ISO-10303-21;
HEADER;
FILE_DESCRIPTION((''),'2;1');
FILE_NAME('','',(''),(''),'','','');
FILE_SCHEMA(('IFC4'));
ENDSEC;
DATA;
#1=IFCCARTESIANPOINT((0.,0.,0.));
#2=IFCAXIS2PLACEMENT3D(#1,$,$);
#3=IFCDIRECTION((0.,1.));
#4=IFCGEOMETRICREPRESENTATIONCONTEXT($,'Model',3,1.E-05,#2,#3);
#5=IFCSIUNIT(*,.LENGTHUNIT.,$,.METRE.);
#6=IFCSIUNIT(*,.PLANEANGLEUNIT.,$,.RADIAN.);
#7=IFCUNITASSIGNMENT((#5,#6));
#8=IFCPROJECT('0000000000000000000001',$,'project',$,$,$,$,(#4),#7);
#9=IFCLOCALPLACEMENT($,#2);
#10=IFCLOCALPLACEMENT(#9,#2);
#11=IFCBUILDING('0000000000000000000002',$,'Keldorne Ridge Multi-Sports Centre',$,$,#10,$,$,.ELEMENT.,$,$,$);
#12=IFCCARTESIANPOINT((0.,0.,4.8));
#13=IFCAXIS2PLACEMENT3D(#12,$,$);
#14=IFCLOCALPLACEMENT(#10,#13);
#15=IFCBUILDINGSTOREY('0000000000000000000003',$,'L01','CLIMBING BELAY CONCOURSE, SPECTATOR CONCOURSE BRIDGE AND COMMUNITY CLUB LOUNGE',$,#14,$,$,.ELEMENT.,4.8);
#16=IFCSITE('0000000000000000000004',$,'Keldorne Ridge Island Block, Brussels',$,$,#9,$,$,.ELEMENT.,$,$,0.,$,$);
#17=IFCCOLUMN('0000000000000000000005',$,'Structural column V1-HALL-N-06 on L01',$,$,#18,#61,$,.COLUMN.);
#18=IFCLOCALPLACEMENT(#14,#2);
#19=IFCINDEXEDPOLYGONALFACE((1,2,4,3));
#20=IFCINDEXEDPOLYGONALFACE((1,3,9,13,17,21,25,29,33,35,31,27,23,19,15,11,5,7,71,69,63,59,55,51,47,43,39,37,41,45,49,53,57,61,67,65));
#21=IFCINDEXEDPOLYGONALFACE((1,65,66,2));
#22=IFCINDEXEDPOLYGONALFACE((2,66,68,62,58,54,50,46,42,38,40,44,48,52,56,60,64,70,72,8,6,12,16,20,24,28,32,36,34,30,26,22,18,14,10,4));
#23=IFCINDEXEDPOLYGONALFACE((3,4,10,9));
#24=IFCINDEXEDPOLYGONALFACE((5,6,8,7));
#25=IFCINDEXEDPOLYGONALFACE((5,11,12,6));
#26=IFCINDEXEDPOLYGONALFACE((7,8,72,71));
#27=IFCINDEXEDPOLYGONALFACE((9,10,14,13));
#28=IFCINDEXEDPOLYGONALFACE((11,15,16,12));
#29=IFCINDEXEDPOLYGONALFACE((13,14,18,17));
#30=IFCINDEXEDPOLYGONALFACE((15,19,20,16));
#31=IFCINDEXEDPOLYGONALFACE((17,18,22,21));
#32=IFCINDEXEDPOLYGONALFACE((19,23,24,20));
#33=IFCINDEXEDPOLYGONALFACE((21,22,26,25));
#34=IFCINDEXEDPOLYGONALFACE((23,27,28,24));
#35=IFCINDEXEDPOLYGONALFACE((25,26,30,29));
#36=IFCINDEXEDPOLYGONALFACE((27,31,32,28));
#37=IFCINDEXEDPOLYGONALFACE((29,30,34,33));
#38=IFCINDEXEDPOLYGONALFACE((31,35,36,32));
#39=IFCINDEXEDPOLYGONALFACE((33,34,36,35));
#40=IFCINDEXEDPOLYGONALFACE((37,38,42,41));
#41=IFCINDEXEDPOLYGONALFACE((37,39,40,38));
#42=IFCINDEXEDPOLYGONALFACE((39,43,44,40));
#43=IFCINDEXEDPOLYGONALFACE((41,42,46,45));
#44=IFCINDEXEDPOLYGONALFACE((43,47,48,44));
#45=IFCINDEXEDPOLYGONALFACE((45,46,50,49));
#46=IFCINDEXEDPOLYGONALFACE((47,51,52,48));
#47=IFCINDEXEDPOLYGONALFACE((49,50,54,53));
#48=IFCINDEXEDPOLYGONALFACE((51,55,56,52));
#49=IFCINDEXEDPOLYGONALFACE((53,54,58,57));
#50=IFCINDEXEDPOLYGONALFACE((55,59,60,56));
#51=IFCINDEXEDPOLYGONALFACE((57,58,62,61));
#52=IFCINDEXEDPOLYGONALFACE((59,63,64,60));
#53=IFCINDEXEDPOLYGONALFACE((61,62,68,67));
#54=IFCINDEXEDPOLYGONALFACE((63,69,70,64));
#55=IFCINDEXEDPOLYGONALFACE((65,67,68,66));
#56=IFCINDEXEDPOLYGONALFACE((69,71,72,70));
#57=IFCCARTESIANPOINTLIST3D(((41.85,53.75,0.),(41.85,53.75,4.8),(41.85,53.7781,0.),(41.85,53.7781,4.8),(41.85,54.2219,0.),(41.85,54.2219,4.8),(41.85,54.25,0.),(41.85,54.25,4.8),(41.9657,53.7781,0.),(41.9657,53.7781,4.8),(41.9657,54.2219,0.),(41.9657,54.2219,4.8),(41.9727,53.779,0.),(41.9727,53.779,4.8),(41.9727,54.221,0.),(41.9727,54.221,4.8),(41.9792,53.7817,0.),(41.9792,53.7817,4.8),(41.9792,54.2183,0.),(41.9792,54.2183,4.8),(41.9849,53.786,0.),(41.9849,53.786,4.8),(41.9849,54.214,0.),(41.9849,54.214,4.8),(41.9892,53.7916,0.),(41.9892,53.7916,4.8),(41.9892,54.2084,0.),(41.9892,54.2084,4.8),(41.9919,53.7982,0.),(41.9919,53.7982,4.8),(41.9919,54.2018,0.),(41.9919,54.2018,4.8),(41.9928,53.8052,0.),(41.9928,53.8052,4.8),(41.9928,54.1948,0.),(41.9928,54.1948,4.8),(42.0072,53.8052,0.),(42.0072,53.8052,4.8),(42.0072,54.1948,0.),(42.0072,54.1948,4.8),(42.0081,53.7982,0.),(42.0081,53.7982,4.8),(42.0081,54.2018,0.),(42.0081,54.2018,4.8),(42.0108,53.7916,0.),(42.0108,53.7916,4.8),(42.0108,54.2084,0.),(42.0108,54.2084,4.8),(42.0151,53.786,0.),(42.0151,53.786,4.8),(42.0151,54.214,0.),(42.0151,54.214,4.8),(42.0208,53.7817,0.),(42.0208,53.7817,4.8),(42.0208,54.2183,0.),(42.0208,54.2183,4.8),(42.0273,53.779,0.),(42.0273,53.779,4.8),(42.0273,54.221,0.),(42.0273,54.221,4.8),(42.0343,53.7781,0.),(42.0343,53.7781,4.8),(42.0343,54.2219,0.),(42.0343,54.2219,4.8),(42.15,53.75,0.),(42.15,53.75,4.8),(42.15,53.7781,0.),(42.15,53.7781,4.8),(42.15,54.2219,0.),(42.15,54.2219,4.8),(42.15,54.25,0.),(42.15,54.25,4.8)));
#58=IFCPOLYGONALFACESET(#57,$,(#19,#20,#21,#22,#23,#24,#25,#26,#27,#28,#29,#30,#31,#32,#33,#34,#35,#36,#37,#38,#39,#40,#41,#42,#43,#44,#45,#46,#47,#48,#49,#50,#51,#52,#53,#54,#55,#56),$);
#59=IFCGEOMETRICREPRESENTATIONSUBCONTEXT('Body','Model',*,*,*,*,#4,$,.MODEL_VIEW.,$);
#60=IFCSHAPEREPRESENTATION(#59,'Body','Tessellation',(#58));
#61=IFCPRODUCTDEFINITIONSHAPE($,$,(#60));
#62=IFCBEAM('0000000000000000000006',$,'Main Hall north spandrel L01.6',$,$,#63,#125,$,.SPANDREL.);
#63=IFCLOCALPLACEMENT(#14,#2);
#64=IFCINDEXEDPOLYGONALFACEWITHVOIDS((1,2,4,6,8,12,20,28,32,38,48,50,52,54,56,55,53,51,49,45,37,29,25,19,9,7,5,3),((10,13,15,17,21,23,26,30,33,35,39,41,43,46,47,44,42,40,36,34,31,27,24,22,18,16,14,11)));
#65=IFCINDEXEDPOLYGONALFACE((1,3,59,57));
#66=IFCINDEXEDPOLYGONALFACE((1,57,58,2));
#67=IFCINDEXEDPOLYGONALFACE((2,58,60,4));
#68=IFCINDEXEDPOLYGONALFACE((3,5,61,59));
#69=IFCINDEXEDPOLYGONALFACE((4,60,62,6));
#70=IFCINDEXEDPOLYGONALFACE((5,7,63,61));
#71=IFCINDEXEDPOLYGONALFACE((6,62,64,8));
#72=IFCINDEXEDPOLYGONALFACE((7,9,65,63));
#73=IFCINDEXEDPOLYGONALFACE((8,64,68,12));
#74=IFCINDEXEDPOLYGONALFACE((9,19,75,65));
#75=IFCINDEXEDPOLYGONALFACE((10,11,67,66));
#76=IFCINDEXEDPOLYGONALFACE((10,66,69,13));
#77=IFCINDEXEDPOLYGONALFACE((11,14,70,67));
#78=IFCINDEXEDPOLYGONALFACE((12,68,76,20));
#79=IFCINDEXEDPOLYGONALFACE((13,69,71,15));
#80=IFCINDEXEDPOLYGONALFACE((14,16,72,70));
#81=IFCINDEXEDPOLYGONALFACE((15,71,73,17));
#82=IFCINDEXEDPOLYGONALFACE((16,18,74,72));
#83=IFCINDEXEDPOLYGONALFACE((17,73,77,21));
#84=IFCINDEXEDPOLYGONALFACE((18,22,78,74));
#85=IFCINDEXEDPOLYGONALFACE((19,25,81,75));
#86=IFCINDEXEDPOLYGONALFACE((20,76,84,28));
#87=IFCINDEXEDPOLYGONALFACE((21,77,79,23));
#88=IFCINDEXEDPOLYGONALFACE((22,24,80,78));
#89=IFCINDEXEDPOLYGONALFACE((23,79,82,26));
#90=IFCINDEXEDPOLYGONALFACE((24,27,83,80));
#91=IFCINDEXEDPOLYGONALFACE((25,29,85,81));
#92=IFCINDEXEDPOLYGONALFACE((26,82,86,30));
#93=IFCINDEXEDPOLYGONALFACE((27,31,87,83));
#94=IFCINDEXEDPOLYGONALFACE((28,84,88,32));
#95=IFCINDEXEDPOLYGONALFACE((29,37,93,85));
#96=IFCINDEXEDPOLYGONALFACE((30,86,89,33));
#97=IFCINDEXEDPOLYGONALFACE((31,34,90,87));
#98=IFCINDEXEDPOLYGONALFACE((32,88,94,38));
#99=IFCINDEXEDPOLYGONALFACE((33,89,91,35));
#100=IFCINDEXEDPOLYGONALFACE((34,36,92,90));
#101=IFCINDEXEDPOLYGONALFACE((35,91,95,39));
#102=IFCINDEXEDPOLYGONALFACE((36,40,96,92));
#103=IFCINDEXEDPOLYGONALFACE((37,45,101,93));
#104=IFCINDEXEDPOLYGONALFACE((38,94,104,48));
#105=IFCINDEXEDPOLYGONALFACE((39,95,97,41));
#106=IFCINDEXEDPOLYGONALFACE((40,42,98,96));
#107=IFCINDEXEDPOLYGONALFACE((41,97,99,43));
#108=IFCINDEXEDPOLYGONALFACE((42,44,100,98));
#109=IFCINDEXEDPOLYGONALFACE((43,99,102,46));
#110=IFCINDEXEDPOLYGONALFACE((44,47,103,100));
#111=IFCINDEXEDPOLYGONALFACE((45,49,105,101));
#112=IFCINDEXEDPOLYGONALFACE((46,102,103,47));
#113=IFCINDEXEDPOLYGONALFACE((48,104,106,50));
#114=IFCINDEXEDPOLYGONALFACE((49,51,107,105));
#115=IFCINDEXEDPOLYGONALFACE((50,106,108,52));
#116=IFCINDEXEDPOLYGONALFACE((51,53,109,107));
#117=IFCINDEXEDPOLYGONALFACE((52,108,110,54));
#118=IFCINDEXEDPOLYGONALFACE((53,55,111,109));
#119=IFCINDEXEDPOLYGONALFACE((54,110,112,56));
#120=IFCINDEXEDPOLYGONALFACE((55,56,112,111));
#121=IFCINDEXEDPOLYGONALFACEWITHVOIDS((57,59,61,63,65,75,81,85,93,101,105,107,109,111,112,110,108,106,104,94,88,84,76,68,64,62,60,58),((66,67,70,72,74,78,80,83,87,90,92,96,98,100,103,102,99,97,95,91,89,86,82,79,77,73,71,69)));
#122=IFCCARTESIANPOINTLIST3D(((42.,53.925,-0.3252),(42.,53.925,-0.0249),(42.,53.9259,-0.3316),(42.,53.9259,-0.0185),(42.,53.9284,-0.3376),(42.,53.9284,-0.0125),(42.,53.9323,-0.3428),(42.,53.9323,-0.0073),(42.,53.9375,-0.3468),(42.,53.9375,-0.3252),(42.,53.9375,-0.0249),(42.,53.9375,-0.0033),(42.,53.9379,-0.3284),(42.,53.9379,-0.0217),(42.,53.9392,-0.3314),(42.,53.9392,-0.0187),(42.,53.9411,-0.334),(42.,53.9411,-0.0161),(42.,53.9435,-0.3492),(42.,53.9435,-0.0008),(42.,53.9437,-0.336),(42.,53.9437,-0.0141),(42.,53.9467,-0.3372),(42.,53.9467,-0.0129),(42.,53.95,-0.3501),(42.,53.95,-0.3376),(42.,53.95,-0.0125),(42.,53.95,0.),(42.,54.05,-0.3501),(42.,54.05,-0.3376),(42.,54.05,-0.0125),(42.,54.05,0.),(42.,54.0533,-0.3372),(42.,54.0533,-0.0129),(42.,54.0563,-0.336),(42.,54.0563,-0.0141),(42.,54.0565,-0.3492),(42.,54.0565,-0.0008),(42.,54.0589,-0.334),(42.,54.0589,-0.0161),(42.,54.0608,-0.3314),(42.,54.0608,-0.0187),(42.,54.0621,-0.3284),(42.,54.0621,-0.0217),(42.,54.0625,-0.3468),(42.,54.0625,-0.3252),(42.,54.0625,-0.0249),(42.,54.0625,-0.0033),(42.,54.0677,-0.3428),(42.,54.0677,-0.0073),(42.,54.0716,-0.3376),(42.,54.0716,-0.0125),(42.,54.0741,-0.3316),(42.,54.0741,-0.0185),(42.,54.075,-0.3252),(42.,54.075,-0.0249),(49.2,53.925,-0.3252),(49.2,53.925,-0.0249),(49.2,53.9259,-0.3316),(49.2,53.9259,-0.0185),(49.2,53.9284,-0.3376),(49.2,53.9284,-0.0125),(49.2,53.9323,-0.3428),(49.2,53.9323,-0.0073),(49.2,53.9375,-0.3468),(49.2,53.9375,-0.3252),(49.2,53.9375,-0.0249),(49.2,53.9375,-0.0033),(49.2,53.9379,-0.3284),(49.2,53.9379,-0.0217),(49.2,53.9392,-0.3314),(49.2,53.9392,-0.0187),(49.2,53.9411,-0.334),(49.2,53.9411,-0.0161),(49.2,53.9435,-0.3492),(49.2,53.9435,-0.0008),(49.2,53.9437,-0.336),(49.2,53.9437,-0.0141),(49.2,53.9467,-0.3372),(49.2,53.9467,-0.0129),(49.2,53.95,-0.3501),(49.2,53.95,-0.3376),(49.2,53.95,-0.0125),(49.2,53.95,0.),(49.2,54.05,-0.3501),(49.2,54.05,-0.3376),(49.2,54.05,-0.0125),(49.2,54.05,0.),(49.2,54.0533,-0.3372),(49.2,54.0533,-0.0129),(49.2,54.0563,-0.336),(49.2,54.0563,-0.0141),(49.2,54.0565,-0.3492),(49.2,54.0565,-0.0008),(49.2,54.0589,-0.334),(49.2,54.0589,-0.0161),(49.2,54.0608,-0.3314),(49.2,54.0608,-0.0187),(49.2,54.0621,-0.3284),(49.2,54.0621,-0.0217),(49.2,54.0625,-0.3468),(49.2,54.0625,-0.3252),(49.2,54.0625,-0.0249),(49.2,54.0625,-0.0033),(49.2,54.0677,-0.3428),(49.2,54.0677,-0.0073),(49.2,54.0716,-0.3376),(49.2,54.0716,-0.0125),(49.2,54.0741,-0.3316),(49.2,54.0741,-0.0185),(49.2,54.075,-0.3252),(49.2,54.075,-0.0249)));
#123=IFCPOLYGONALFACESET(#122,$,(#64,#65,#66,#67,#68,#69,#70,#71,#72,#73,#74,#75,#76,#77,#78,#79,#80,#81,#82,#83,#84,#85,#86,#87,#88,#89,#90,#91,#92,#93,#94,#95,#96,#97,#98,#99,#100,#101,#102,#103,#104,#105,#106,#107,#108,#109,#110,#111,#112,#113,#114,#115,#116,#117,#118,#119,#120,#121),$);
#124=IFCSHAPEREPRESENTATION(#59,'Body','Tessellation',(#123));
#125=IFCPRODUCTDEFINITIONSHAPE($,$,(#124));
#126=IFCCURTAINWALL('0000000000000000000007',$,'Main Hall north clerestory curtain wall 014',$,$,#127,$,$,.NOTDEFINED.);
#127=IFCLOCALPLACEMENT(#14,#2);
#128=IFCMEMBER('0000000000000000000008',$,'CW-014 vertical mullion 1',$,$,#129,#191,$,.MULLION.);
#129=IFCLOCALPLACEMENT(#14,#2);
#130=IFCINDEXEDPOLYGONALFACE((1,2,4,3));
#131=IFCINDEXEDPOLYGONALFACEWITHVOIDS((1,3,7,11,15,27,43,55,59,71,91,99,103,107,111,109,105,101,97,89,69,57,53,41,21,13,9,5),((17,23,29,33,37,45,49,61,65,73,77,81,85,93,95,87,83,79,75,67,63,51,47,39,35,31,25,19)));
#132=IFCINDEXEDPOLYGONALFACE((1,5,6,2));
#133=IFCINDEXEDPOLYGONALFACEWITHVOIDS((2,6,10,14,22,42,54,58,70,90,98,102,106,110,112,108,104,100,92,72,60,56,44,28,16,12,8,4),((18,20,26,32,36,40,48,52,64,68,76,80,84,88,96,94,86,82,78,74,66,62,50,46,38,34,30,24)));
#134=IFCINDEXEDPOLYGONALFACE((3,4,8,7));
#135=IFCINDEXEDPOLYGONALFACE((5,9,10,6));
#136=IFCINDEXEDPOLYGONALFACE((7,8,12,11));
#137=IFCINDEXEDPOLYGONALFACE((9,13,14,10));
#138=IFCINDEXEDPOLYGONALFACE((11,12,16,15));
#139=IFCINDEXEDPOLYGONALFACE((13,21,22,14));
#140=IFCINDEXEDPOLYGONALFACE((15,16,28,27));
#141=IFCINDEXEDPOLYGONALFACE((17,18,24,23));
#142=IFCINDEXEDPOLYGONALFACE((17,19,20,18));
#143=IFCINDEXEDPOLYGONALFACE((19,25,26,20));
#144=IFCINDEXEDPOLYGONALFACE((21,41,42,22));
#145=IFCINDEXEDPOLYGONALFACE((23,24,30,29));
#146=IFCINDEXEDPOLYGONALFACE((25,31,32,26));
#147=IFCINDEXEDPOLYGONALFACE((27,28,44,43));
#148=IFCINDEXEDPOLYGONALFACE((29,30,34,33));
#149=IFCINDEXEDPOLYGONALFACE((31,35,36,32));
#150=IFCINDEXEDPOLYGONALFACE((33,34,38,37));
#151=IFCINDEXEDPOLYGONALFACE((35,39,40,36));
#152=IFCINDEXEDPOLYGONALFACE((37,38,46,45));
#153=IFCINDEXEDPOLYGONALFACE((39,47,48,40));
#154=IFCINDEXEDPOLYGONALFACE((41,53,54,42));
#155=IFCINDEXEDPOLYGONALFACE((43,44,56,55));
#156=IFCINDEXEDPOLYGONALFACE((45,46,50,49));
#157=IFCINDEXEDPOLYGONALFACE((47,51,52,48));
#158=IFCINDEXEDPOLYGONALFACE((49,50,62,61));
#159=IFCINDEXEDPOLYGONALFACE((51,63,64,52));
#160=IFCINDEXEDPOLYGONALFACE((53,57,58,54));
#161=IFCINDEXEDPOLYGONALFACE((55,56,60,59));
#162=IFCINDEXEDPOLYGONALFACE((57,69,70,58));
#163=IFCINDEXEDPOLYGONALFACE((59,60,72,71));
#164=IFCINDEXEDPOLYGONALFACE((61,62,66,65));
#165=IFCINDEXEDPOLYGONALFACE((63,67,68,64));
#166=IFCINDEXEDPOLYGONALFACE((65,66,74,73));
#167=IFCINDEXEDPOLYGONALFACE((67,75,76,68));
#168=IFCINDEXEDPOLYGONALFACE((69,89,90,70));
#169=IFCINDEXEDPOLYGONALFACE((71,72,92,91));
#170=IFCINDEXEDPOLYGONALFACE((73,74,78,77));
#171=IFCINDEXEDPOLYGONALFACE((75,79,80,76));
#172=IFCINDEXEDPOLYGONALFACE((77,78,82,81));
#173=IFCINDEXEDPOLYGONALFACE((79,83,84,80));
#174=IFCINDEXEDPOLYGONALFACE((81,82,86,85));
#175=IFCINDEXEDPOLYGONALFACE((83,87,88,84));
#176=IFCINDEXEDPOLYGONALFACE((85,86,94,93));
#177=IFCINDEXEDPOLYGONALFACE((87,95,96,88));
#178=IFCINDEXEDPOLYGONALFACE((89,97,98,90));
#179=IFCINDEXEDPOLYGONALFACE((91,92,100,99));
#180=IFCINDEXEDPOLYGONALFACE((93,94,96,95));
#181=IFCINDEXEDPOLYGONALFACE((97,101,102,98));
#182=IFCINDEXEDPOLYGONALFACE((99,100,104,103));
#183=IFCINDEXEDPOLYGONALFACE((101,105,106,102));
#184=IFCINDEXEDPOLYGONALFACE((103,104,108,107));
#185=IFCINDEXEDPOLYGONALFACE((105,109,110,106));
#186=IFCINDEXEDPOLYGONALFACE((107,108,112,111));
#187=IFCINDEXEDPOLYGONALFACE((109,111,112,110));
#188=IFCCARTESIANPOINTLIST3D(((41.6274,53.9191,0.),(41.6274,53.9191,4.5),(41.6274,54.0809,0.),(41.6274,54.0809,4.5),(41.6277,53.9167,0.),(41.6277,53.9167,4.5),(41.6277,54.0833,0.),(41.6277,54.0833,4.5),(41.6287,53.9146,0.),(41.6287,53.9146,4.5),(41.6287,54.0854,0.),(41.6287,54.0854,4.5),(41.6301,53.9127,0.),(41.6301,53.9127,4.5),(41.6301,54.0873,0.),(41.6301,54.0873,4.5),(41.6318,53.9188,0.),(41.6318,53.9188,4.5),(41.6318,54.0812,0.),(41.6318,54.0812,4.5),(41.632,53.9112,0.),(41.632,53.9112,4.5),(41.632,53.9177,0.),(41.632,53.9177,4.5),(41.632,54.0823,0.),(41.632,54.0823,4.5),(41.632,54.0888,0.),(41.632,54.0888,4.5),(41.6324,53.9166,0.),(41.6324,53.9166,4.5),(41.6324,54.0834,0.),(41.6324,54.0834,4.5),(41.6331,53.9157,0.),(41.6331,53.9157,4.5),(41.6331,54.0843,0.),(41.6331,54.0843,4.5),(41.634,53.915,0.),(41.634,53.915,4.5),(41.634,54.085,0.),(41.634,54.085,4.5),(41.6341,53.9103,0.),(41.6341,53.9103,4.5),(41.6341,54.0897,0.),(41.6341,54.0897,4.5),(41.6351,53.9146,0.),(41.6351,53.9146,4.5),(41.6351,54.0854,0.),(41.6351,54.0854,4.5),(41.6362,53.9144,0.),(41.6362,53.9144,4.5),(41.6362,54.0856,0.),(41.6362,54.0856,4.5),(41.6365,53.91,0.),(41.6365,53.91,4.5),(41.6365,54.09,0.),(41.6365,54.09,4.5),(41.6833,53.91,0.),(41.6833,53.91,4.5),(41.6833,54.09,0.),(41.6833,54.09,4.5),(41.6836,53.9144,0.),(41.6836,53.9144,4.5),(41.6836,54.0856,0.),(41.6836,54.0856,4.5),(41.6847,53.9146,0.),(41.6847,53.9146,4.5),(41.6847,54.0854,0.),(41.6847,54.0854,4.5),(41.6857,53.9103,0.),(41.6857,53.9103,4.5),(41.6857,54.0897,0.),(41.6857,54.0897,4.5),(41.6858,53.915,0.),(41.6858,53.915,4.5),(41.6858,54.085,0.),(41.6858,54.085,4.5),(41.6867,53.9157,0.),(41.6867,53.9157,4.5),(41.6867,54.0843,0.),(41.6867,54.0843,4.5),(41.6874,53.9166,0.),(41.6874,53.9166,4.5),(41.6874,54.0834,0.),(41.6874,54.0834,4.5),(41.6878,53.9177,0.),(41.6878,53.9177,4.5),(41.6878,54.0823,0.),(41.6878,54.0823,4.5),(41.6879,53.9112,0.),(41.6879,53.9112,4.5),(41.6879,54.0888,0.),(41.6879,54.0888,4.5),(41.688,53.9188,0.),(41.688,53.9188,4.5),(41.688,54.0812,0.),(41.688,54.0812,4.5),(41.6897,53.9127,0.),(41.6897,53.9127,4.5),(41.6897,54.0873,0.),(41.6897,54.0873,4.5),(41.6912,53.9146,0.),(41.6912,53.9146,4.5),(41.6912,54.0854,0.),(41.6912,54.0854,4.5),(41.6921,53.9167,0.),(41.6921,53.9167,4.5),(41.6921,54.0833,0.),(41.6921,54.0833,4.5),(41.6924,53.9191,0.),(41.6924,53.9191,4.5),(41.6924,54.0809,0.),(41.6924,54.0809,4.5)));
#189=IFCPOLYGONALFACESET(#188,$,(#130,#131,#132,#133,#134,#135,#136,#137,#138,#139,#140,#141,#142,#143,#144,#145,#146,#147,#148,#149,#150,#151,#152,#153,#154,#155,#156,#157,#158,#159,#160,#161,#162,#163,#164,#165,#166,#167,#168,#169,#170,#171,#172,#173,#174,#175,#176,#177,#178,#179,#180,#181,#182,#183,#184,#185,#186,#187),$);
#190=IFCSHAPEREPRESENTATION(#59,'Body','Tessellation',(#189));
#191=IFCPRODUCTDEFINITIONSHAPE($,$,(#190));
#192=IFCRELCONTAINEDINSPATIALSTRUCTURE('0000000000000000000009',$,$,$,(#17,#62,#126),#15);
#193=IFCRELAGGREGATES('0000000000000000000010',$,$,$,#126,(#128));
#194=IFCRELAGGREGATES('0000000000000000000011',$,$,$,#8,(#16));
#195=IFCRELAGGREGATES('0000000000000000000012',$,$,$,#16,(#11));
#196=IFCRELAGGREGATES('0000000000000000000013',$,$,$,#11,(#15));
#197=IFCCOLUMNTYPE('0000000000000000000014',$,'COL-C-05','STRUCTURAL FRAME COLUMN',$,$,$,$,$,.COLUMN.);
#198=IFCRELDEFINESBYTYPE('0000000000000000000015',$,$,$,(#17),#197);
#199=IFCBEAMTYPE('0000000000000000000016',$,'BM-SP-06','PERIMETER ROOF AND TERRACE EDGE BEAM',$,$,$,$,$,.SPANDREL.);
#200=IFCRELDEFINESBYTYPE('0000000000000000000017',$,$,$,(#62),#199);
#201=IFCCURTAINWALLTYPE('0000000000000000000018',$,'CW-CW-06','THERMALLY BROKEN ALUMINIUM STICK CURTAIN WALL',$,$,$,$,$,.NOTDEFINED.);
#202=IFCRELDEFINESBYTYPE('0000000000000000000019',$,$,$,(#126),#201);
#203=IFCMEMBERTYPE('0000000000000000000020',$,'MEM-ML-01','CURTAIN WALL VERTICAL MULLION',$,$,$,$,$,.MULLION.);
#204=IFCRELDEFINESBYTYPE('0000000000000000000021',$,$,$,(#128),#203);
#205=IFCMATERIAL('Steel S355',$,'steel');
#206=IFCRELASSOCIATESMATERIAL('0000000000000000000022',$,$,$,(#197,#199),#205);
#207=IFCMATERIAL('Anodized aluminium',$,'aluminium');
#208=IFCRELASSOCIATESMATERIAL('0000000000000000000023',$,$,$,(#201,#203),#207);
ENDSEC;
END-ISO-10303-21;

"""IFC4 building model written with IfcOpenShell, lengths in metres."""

from ifc_helpers import new_model, si_unit, direction, frame, origin, origin_2d, place, context, subcontext, project, spatial, hollow_rectangle, i_section, extrude, material, material_profile, profile_set, type_object, element, aggregate, save


model = new_model("IFC4")

# Units and contexts
model_context = context("Model", 3, precision=1e-05, world=origin(), true_north=direction((0.0, 1.0)))
body_context = subcontext(model_context, "Body", "Model", "MODEL_VIEW")
ifc_project = project(units=[si_unit("LENGTHUNIT", "METRE"), si_unit("PLANEANGLEUNIT", "RADIAN")], contexts=[model_context])

# Site, building, storey
site_placement = place(None, origin())
site = spatial("IfcSite", under=ifc_project, at=site_placement, Name="Keldorne Ridge Island Block, Brussels", CompositionType="ELEMENT", RefElevation=0.0)
building_placement = place(site_placement, origin())
building = spatial("IfcBuilding", under=site, at=building_placement, Name="Keldorne Ridge Multi-Sports Centre", CompositionType="ELEMENT")
storey_placement = place(building_placement, frame((0.0, 0.0, 4.8)))
storey = spatial("IfcBuildingStorey", under=building, at=storey_placement, Name="L01", Description="CLIMBING BELAY CONCOURSE, SPECTATOR CONCOURSE BRIDGE AND COMMUNITY CLUB LOUNGE", CompositionType="ELEMENT", Elevation=4.8)

# Column
ifc_material_1 = material(Name="Steel S355", Category="steel")
ifc_material_profile_1 = material_profile(ifc_material_1, i_section(OverallWidth=0.3, OverallDepth=0.5, WebThickness=0.0144, FlangeThickness=0.0281, FilletRadius=0.0271, at=origin_2d()), Name="HEB 500")
ifc_profile_set_1 = profile_set([ifc_material_profile_1], Name="Steel S355")
column_type = type_object("IfcColumnType", Name="COL-C-05", Description="STRUCTURAL FRAME COLUMN", PredefinedType="COLUMN", material=ifc_profile_set_1)
column_placement = place(storey_placement, frame((42.0, 54.0, 0.0), z_axis=(0.0, 0.0, 1.0), x_axis=(1.0, 0.0, 0.0)))
element("IfcColumn", 1, at=column_placement, inside=storey, type_object=column_type, Name="Structural column V1-HALL-N-06 on L01", PredefinedType="COLUMN", context=body_context, shape_type="SweptSolid", body=[
    extrude(i_section(OverallWidth=0.3, OverallDepth=0.5, WebThickness=0.0144, FlangeThickness=0.0281, FilletRadius=0.0271, at=origin_2d()), origin(), (0.0, 0.0, 1.0), 4.8),
])

# Beam
ifc_material_profile_2 = material_profile(ifc_material_1, hollow_rectangle(XDim=0.1499, YDim=0.3501, WallThickness=0.0125, InnerFilletRadius=0.0125, OuterFilletRadius=0.0249, at=origin_2d()), Name="RHS 350x150x12.5")
ifc_profile_set_2 = profile_set([ifc_material_profile_2], Name="Steel S355")
beam_type = type_object("IfcBeamType", Name="BM-SP-06", Description="PERIMETER ROOF AND TERRACE EDGE BEAM", PredefinedType="SPANDREL", material=ifc_profile_set_2)
beam_placement = place(storey_placement, frame((42.0, 54.0, -0.175), z_axis=(1.0, 0.0, 0.0), x_axis=(0.0, 1.0, 0.0)))
element("IfcBeam", 2, at=beam_placement, inside=storey, type_object=beam_type, Name="Main Hall north spandrel L01.6", PredefinedType="SPANDREL", context=body_context, shape_type="SweptSolid", body=[
    extrude(hollow_rectangle(XDim=0.1499, YDim=0.3501, WallThickness=0.0125, InnerFilletRadius=0.0125, OuterFilletRadius=0.0249, at=origin_2d()), origin(), (0.0, 0.0, 1.0), 7.2),
])

# Curtain wall, member
ifc_material_2 = material(Name="Anodized aluminium", Category="aluminium")
curtain_wall_type_1 = type_object("IfcCurtainWallType", Name="CW-CW-06", Description="THERMALLY BROKEN ALUMINIUM STICK CURTAIN WALL", PredefinedType="NOTDEFINED", material=ifc_material_2)
curtain_wall_1_placement = place(storey_placement, origin())
curtain_wall_1 = element("IfcCurtainWall", 3, at=curtain_wall_1_placement, inside=storey, type_object=curtain_wall_type_1, Name="Main Hall north clerestory curtain wall 014", PredefinedType="NOTDEFINED")
ifc_material_profile_3 = material_profile(ifc_material_2, hollow_rectangle(XDim=0.0649, YDim=0.1799, WallThickness=0.0044, InnerFilletRadius=0.0044, OuterFilletRadius=0.009, at=origin_2d()), Name="ALU MULLION 180x65x4.5")
ifc_profile_set_3 = profile_set([ifc_material_profile_3], Name="Anodized aluminium")
member_type_1 = type_object("IfcMemberType", Name="MEM-ML-01", Description="CURTAIN WALL VERTICAL MULLION", PredefinedType="MULLION", material=ifc_profile_set_3)
member_1_placement = place(storey_placement, frame((41.6599, 54.0, 0.0), z_axis=(0.0, 0.0, 1.0), x_axis=(1.0, 0.0, 0.0)))
member_1 = element("IfcMember", 4, at=member_1_placement, type_object=member_type_1, Name="CW-014 vertical mullion 1", PredefinedType="MULLION", context=body_context, shape_type="SweptSolid", body=[
    extrude(hollow_rectangle(XDim=0.0649, YDim=0.1799, WallThickness=0.0044, InnerFilletRadius=0.0044, OuterFilletRadius=0.009, at=origin_2d()), origin(), (0.0, 0.0, 1.0), 4.5),
])

aggregate(curtain_wall_1, [member_1])

save(model, "model.ifc")
